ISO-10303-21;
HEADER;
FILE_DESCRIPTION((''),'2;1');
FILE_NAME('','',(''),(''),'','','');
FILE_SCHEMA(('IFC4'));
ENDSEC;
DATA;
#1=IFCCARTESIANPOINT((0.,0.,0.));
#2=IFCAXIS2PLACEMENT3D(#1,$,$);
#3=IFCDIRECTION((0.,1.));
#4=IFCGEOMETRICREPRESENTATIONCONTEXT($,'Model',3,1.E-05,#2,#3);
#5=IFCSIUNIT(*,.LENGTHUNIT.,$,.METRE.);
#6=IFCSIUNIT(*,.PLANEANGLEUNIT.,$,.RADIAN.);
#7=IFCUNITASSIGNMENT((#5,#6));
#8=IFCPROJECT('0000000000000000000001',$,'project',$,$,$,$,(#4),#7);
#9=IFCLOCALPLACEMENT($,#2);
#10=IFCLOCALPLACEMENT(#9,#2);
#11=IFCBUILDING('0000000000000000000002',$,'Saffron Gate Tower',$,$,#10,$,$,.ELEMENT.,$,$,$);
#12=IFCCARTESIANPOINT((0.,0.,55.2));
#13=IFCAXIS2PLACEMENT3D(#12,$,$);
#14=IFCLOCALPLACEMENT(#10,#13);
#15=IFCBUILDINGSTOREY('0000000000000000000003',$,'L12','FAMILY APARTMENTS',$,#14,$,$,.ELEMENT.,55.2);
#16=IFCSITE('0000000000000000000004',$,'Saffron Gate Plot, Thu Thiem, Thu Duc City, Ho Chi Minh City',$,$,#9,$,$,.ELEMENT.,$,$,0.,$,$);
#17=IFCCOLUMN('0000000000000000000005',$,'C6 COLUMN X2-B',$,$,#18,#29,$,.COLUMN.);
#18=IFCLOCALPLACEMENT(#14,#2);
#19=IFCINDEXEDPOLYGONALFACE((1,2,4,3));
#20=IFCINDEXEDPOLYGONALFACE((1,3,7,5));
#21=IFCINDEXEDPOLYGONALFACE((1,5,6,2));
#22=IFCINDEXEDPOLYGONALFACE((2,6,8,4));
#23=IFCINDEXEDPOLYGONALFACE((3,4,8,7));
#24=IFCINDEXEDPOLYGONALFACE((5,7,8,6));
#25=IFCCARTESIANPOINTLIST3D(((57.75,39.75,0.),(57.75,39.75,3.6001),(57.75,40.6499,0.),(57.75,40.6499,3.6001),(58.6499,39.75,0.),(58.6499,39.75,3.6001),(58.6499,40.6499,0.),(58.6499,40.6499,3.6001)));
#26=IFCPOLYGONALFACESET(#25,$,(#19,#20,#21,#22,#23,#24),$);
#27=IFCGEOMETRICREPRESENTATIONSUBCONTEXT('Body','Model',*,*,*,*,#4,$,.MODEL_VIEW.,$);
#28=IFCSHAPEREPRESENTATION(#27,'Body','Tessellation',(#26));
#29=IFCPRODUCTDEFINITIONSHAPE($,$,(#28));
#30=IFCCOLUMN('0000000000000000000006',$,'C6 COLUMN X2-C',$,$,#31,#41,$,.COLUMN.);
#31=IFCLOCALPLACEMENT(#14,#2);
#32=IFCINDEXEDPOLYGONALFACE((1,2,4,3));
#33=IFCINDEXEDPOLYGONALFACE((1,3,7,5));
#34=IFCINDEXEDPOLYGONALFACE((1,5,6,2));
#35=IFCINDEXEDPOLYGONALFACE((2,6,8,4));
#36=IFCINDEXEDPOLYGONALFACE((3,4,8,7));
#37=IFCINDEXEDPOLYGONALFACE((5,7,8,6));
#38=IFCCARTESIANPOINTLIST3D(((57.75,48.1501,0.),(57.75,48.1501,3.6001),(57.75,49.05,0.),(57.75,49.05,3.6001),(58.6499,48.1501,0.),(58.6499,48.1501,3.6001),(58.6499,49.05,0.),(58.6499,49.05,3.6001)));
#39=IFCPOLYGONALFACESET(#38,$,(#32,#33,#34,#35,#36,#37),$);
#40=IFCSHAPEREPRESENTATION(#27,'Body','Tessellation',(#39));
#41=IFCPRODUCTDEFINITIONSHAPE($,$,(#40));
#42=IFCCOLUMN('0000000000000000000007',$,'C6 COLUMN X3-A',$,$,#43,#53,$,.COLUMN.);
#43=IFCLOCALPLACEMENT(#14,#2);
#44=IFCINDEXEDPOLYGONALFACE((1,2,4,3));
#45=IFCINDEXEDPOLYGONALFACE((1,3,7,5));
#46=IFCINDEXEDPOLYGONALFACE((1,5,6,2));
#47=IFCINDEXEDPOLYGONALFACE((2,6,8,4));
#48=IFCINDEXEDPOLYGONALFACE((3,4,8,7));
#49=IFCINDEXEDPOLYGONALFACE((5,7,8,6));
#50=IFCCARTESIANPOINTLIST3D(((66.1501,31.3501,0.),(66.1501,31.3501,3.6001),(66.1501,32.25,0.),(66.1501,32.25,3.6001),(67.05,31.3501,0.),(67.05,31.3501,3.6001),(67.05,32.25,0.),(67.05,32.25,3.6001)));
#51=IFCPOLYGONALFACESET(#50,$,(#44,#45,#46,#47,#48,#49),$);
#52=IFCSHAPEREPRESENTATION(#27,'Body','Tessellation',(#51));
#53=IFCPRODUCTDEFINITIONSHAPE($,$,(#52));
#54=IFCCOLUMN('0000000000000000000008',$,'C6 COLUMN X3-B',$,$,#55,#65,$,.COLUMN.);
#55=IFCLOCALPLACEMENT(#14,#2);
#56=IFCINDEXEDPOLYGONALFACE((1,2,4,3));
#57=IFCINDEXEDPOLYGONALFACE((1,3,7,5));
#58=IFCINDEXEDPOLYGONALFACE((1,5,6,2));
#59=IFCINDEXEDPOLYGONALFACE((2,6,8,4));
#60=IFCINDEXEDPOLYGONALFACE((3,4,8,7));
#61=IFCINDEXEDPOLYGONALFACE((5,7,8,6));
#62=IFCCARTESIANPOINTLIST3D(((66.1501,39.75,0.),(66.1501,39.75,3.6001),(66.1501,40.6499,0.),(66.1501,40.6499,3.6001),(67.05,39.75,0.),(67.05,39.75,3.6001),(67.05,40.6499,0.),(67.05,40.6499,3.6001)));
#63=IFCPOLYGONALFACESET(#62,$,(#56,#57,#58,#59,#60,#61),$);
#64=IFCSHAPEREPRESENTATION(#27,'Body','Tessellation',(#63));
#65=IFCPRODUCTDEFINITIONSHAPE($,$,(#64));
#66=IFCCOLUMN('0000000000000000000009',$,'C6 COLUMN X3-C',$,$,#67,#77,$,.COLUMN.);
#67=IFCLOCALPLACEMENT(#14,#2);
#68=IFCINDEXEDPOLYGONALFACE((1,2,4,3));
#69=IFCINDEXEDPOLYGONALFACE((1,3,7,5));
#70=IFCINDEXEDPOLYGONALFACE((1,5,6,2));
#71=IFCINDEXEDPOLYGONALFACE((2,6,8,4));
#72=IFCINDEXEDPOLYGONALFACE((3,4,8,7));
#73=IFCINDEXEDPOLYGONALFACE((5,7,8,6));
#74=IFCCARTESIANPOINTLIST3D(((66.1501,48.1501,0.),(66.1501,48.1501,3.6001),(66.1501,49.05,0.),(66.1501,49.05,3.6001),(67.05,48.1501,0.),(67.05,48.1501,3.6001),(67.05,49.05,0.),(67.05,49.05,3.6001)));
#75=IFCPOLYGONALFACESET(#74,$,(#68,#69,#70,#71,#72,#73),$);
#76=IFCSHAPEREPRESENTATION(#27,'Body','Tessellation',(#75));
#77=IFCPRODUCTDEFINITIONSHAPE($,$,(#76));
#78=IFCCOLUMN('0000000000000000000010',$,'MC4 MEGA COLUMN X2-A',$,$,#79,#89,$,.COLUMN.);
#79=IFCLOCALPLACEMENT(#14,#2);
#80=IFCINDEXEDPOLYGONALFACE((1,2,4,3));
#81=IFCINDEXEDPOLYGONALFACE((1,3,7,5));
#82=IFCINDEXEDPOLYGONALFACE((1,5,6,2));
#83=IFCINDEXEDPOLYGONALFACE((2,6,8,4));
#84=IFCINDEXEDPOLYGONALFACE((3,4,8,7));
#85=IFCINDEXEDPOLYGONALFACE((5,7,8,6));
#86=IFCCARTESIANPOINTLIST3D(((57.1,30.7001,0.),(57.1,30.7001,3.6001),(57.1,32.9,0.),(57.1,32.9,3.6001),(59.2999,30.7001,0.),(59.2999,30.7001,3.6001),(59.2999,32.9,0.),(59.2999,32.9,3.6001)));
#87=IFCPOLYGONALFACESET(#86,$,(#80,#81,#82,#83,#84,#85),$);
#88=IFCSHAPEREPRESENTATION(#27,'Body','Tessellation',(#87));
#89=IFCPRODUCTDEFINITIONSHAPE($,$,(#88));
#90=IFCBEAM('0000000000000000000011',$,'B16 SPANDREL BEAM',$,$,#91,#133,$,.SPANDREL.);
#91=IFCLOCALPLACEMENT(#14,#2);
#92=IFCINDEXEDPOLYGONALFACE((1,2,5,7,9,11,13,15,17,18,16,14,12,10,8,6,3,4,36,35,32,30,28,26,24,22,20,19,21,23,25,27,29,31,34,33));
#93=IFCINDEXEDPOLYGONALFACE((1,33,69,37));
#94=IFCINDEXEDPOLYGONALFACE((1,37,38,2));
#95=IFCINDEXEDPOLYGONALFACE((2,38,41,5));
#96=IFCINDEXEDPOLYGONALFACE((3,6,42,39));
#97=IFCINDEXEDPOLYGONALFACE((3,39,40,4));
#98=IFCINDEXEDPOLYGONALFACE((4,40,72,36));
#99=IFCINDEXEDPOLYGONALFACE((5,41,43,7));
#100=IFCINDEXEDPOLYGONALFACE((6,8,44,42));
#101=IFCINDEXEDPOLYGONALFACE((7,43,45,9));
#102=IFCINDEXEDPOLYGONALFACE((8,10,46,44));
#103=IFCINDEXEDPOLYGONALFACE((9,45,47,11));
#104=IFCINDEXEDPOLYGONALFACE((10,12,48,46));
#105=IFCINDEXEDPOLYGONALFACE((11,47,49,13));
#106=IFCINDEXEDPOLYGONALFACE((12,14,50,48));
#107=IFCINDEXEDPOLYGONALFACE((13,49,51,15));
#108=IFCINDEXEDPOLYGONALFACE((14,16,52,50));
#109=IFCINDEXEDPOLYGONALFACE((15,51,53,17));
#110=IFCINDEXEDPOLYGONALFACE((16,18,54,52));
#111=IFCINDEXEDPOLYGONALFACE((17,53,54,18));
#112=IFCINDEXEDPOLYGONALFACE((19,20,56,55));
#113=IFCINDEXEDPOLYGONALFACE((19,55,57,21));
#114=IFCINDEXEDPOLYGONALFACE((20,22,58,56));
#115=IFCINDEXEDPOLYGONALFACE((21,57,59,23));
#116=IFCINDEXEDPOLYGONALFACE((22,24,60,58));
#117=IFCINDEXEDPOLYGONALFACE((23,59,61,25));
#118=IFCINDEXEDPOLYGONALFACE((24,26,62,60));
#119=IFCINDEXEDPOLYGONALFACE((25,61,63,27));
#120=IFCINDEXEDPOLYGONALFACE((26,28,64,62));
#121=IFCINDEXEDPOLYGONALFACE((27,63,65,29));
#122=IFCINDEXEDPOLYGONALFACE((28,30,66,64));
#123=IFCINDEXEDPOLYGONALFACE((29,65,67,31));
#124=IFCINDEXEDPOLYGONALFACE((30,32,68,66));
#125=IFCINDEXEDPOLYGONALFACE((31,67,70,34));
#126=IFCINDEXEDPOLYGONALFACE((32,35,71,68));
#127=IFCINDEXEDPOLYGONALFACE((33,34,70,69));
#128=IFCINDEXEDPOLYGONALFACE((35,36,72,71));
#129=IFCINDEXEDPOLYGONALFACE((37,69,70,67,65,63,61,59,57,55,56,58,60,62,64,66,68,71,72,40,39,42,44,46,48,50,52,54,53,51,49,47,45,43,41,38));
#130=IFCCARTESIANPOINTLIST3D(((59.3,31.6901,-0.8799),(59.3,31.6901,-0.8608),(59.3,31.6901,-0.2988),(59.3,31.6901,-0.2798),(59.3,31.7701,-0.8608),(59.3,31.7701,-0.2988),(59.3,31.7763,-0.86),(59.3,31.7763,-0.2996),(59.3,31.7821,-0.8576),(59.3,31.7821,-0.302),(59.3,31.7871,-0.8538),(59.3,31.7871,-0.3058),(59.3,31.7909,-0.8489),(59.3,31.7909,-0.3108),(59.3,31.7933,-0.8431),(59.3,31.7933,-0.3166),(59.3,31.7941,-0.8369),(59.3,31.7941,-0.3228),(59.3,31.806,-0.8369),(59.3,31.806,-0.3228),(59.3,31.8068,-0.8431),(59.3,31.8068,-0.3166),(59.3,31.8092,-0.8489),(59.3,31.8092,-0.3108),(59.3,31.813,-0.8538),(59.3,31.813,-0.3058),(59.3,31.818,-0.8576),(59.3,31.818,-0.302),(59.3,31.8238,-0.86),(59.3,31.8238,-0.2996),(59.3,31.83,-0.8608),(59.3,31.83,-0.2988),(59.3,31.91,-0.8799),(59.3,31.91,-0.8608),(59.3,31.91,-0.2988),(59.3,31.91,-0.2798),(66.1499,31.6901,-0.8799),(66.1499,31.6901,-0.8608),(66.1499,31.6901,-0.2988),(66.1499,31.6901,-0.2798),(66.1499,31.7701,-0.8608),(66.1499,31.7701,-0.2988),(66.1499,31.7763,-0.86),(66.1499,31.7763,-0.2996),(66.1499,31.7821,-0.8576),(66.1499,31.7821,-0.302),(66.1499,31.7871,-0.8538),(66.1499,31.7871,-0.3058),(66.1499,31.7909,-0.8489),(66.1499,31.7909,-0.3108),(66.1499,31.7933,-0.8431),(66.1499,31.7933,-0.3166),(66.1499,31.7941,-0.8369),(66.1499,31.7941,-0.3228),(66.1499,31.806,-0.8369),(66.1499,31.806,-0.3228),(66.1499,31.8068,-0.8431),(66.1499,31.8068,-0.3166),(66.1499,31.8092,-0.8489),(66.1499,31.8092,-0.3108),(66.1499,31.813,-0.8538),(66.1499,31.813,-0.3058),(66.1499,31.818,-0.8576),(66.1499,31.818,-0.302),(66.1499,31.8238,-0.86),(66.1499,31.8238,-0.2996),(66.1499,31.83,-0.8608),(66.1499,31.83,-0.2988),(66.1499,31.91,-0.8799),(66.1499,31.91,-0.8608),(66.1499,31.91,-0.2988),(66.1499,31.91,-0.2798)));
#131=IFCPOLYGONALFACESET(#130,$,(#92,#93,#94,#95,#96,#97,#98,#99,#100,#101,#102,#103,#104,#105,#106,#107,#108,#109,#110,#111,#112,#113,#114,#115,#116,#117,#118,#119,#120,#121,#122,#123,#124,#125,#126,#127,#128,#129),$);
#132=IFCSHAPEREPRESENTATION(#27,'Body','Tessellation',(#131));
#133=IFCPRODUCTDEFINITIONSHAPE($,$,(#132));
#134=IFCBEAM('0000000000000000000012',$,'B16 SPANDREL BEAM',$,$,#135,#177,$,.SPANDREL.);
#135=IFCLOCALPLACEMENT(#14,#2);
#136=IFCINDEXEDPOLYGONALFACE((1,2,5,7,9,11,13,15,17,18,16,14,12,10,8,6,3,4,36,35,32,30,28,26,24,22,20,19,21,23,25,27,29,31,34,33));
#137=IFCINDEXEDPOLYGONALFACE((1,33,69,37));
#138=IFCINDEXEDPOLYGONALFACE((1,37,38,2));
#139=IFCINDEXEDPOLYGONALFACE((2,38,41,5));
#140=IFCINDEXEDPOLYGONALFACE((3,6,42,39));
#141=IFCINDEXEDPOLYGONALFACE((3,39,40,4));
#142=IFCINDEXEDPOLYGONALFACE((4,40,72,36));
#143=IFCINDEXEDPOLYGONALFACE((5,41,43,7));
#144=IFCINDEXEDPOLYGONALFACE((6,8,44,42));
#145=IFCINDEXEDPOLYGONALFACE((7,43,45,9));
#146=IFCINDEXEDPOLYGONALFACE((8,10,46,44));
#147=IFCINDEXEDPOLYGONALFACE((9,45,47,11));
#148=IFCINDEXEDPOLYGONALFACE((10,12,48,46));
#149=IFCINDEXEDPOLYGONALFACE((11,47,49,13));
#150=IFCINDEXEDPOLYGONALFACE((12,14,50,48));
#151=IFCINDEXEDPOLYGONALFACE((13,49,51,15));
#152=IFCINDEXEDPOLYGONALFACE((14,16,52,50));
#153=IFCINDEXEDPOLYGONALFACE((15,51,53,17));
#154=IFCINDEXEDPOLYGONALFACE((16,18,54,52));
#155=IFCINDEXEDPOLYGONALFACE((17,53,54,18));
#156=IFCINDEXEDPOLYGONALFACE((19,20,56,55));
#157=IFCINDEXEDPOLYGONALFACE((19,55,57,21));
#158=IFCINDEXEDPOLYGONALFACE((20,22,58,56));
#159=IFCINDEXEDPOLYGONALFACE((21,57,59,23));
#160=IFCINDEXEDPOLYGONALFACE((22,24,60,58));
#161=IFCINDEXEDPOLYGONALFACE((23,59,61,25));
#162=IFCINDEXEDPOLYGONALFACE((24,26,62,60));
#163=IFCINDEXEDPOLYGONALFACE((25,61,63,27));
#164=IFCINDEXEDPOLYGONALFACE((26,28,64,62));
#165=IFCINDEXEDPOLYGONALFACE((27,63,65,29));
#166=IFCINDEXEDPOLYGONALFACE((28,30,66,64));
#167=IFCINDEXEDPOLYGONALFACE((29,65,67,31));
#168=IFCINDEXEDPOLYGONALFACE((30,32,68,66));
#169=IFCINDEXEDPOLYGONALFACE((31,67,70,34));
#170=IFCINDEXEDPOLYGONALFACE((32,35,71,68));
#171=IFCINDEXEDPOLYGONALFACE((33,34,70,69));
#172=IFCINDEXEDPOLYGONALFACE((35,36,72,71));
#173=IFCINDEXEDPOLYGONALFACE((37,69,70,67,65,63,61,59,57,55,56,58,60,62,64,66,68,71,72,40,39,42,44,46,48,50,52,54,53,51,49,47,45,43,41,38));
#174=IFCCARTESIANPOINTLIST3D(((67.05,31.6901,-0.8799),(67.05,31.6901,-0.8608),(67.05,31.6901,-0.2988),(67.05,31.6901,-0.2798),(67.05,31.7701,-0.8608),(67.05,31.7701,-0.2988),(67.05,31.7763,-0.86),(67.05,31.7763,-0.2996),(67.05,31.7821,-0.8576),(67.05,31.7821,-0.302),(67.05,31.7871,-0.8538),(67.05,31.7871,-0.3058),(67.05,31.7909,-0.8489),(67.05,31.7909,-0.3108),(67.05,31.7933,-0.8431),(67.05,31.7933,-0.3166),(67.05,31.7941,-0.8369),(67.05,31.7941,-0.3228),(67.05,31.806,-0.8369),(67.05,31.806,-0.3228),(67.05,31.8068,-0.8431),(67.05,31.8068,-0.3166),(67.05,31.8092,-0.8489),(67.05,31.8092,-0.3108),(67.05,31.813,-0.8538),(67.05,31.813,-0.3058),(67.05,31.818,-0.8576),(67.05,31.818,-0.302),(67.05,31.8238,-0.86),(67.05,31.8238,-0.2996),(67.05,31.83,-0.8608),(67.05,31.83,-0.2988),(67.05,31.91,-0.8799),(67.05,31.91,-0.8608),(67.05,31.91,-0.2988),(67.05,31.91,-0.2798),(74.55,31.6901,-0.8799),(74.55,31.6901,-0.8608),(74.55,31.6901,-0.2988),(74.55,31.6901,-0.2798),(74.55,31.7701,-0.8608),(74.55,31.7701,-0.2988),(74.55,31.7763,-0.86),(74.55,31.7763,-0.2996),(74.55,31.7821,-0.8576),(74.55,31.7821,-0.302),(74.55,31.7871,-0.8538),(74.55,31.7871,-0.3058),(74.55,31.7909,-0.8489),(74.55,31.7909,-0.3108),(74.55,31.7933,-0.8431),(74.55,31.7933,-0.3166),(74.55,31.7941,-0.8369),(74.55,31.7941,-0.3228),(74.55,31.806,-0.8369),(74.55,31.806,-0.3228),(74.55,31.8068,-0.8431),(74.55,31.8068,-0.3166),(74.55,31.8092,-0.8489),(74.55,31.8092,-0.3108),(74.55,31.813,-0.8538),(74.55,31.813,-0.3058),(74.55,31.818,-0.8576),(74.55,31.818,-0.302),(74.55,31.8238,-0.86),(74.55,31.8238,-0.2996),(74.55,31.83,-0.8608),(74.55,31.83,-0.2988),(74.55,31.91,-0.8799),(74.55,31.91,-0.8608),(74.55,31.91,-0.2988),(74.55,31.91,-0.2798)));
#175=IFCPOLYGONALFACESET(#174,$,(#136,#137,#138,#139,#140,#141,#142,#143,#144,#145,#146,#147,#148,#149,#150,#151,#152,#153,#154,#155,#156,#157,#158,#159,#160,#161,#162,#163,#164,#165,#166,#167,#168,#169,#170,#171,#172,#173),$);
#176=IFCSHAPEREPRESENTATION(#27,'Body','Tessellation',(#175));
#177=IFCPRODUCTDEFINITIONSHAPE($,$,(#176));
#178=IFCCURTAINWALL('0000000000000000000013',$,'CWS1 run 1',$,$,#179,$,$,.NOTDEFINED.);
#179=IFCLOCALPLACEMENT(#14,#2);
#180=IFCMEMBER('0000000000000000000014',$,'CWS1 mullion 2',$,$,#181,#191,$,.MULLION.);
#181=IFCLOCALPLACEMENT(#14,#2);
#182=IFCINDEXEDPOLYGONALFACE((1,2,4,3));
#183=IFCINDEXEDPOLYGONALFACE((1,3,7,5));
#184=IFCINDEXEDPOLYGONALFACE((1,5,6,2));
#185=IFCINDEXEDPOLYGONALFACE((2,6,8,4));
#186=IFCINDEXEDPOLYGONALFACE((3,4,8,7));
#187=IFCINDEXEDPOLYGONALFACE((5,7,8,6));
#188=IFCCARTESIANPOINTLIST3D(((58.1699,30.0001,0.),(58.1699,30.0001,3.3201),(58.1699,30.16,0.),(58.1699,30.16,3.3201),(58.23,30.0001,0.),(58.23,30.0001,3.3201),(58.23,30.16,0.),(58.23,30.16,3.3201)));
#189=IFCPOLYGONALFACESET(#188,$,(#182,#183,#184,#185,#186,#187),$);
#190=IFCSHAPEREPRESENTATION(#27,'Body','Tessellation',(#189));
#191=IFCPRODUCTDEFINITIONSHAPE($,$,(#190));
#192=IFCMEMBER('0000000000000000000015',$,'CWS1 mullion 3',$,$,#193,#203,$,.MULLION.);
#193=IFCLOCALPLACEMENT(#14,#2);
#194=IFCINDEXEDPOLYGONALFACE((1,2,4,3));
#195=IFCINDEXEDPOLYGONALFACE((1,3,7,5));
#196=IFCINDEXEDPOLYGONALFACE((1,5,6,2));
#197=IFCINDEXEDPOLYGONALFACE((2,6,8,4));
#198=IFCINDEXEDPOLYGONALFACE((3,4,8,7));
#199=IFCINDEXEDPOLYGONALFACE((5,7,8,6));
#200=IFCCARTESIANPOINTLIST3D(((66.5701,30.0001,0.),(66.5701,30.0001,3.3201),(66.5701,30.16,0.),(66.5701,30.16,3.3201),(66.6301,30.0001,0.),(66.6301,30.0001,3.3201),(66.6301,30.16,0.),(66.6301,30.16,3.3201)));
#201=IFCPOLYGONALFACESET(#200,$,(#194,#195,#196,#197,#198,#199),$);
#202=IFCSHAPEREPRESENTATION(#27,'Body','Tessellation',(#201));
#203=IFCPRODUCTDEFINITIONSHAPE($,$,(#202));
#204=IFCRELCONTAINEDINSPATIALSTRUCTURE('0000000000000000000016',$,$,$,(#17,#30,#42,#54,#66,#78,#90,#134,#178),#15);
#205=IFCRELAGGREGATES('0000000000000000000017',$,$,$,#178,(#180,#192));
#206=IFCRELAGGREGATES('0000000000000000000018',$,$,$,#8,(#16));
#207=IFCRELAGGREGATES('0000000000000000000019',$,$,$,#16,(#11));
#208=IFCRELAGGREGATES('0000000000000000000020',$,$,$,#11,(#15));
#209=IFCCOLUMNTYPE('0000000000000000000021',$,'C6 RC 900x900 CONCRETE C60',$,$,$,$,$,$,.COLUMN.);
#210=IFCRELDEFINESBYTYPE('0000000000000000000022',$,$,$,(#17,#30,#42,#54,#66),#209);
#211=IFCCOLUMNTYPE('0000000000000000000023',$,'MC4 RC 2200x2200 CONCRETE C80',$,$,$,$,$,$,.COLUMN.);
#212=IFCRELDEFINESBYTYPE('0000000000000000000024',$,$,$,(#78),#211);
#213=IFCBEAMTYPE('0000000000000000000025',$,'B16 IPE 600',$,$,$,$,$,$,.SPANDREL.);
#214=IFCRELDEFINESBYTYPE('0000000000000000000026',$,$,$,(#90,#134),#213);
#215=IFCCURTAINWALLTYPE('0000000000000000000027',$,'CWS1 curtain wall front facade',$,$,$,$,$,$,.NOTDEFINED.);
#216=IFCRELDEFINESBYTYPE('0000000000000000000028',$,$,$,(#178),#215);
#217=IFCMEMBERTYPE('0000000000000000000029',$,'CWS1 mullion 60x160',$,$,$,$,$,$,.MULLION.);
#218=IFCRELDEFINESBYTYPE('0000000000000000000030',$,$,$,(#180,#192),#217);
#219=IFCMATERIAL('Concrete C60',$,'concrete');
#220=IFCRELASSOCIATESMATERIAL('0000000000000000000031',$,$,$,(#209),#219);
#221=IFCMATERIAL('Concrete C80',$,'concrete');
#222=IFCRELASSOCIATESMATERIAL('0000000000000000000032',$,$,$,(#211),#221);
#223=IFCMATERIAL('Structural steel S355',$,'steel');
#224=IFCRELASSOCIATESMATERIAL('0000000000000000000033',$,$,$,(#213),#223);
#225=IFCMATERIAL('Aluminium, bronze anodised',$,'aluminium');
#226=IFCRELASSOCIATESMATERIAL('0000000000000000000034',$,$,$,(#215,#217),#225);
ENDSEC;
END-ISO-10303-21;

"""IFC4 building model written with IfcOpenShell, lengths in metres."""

from ifc_helpers import new_model, si_unit, direction, frame, origin, origin_2d, place, context, subcontext, project, spatial, rectangle, i_section, extrude, material, material_profile, profile_set, type_object, element, aggregate, save


model = new_model("IFC4")

# Units and contexts
model_context = context("Model", 3, precision=1e-05, world=origin(), true_north=direction((0.0, 1.0)))
body_context = subcontext(model_context, "Body", "Model", "MODEL_VIEW")
ifc_project = project(units=[si_unit("LENGTHUNIT", "METRE"), si_unit("PLANEANGLEUNIT", "RADIAN")], contexts=[model_context])

# Site, building, storey
site_placement = place(None, origin())
site = spatial("IfcSite", under=ifc_project, at=site_placement, Name="Saffron Gate Plot, Thu Thiem, Thu Duc City, Ho Chi Minh City", CompositionType="ELEMENT", RefElevation=0.0)
building_placement = place(site_placement, origin())
building = spatial("IfcBuilding", under=site, at=building_placement, Name="Saffron Gate Tower", CompositionType="ELEMENT")
storey_placement = place(building_placement, frame((0.0, 0.0, 55.2)))
storey = spatial("IfcBuildingStorey", under=building, at=storey_placement, Name="L12", Description="FAMILY APARTMENTS", CompositionType="ELEMENT", Elevation=55.2)

# Columns
ifc_material_1 = material(Name="Concrete C60", Category="concrete")
ifc_material_profile_1 = material_profile(ifc_material_1, rectangle(XDim=0.8999, YDim=0.8999, at=origin_2d()))
ifc_profile_set_1 = profile_set([ifc_material_profile_1], Name="Concrete C60")
column_type_1 = type_object("IfcColumnType", Name="C6 RC 900x900 CONCRETE C60", PredefinedType="COLUMN", material=ifc_profile_set_1)
for number, where, z_axis, x_axis, name in (
    (1, (58.2, 40.2, 0.0), (0.0, 0.0, 1.0), (1.0, 0.0, 0.0), "C6 COLUMN X2-B"),
    (2, (58.2, 48.6001, 0.0), (0.0, 0.0, 1.0), (1.0, 0.0, 0.0), "C6 COLUMN X2-C"),
    (3, (66.6001, 31.8, 0.0), (0.0, 0.0, 1.0), (1.0, 0.0, 0.0), "C6 COLUMN X3-A"),
    (4, (66.6001, 40.2, 0.0), (0.0, 0.0, 1.0), (1.0, 0.0, 0.0), "C6 COLUMN X3-B"),
    (5, (66.6001, 48.6001, 0.0), (0.0, 0.0, 1.0), (1.0, 0.0, 0.0), "C6 COLUMN X3-C"),
):
    element("IfcColumn", number, at=place(storey_placement, frame(where, z_axis=z_axis, x_axis=x_axis)), inside=storey, type_object=column_type_1, Name=name, PredefinedType="COLUMN", context=body_context, shape_type="SweptSolid", body=[
        extrude(rectangle(XDim=0.8999, YDim=0.8999, at=origin_2d()), origin(), (0.0, 0.0, 1.0), 3.6001),
    ])
ifc_material_2 = material(Name="Concrete C80", Category="concrete")
ifc_material_profile_2 = material_profile(ifc_material_2, rectangle(XDim=2.2, YDim=2.2, at=origin_2d()))
ifc_profile_set_2 = profile_set([ifc_material_profile_2], Name="Concrete C80")
column_type_2 = type_object("IfcColumnType", Name="MC4 RC 2200x2200 CONCRETE C80", PredefinedType="COLUMN", material=ifc_profile_set_2)
column_placement = place(storey_placement, frame((58.2, 31.8, 0.0), z_axis=(0.0, 0.0, 1.0), x_axis=(1.0, 0.0, 0.0)))
element("IfcColumn", 6, at=column_placement, inside=storey, type_object=column_type_2, Name="MC4 MEGA COLUMN X2-A", PredefinedType="COLUMN", context=body_context, shape_type="SweptSolid", body=[
    extrude(rectangle(XDim=2.2, YDim=2.2, at=origin_2d()), origin(), (0.0, 0.0, 1.0), 3.6001),
])

# Beams
ifc_material_3 = material(Name="Structural steel S355", Category="steel")
ifc_material_profile_3 = material_profile(ifc_material_3, i_section(OverallWidth=0.22, OverallDepth=0.6001, WebThickness=0.012, FlangeThickness=0.019, FilletRadius=0.0239, at=origin_2d()))
ifc_profile_set_3 = profile_set([ifc_material_profile_3], Name="Structural steel S355")
beam_type = type_object("IfcBeamType", Name="B16 IPE 600", PredefinedType="SPANDREL", material=ifc_profile_set_3)
beam_1_placement = place(storey_placement, frame((59.3, 31.8, -0.5798), z_axis=(1.0, 0.0, 0.0), x_axis=(0.0, 1.0, 0.0)))
element("IfcBeam", 7, at=beam_1_placement, inside=storey, type_object=beam_type, Name="B16 SPANDREL BEAM", PredefinedType="SPANDREL", context=body_context, shape_type="SweptSolid", body=[
    extrude(i_section(OverallWidth=0.22, OverallDepth=0.6001, WebThickness=0.012, FlangeThickness=0.019, FilletRadius=0.0239, at=origin_2d()), origin(), (0.0, 0.0, 1.0), 6.8499),
])
beam_2_placement = place(storey_placement, frame((67.05, 31.8, -0.5798), z_axis=(1.0, 0.0, 0.0), x_axis=(0.0, 1.0, 0.0)))
element("IfcBeam", 8, at=beam_2_placement, inside=storey, type_object=beam_type, Name="B16 SPANDREL BEAM", PredefinedType="SPANDREL", context=body_context, shape_type="SweptSolid", body=[
    extrude(i_section(OverallWidth=0.22, OverallDepth=0.6001, WebThickness=0.012, FlangeThickness=0.019, FilletRadius=0.0239, at=origin_2d()), origin(), (0.0, 0.0, 1.0), 7.5),
])

# Curtain wall, members
ifc_material_4 = material(Name="Aluminium, bronze anodised", Category="aluminium")
curtain_wall_type = type_object("IfcCurtainWallType", Name="CWS1 curtain wall front facade", PredefinedType="NOTDEFINED", material=ifc_material_4)
curtain_wall_placement = place(storey_placement, origin())
curtain_wall = element("IfcCurtainWall", 9, at=curtain_wall_placement, inside=storey, type_object=curtain_wall_type, Name="CWS1 run 1", PredefinedType="NOTDEFINED")
ifc_material_profile_4 = material_profile(ifc_material_4, rectangle(XDim=0.1599, YDim=0.0601, at=origin_2d()))
ifc_profile_set_4 = profile_set([ifc_material_profile_4], Name="Aluminium, bronze anodised")
member_type = type_object("IfcMemberType", Name="CWS1 mullion 60x160", PredefinedType="MULLION", material=ifc_profile_set_4)
member_1_placement = place(storey_placement, frame((58.2, 30.0801, 0.0), z_axis=(0.0, 0.0, 1.0), x_axis=(0.0, 1.0, 0.0)))
member_1 = element("IfcMember", 10, at=member_1_placement, type_object=member_type, Name="CWS1 mullion 2", PredefinedType="MULLION", context=body_context, shape_type="SweptSolid", body=[
    extrude(rectangle(XDim=0.1599, YDim=0.0601, at=origin_2d()), origin(), (0.0, 0.0, 1.0), 3.3201),
])
member_2_placement = place(storey_placement, frame((66.6001, 30.0801, 0.0), z_axis=(0.0, 0.0, 1.0), x_axis=(0.0, 1.0, 0.0)))
member_2 = element("IfcMember", 11, at=member_2_placement, type_object=member_type, Name="CWS1 mullion 3", PredefinedType="MULLION", context=body_context, shape_type="SweptSolid", body=[
    extrude(rectangle(XDim=0.1599, YDim=0.0601, at=origin_2d()), origin(), (0.0, 0.0, 1.0), 3.3201),
])
aggregate(curtain_wall, [member_1, member_2])

save(model, "model.ifc")
